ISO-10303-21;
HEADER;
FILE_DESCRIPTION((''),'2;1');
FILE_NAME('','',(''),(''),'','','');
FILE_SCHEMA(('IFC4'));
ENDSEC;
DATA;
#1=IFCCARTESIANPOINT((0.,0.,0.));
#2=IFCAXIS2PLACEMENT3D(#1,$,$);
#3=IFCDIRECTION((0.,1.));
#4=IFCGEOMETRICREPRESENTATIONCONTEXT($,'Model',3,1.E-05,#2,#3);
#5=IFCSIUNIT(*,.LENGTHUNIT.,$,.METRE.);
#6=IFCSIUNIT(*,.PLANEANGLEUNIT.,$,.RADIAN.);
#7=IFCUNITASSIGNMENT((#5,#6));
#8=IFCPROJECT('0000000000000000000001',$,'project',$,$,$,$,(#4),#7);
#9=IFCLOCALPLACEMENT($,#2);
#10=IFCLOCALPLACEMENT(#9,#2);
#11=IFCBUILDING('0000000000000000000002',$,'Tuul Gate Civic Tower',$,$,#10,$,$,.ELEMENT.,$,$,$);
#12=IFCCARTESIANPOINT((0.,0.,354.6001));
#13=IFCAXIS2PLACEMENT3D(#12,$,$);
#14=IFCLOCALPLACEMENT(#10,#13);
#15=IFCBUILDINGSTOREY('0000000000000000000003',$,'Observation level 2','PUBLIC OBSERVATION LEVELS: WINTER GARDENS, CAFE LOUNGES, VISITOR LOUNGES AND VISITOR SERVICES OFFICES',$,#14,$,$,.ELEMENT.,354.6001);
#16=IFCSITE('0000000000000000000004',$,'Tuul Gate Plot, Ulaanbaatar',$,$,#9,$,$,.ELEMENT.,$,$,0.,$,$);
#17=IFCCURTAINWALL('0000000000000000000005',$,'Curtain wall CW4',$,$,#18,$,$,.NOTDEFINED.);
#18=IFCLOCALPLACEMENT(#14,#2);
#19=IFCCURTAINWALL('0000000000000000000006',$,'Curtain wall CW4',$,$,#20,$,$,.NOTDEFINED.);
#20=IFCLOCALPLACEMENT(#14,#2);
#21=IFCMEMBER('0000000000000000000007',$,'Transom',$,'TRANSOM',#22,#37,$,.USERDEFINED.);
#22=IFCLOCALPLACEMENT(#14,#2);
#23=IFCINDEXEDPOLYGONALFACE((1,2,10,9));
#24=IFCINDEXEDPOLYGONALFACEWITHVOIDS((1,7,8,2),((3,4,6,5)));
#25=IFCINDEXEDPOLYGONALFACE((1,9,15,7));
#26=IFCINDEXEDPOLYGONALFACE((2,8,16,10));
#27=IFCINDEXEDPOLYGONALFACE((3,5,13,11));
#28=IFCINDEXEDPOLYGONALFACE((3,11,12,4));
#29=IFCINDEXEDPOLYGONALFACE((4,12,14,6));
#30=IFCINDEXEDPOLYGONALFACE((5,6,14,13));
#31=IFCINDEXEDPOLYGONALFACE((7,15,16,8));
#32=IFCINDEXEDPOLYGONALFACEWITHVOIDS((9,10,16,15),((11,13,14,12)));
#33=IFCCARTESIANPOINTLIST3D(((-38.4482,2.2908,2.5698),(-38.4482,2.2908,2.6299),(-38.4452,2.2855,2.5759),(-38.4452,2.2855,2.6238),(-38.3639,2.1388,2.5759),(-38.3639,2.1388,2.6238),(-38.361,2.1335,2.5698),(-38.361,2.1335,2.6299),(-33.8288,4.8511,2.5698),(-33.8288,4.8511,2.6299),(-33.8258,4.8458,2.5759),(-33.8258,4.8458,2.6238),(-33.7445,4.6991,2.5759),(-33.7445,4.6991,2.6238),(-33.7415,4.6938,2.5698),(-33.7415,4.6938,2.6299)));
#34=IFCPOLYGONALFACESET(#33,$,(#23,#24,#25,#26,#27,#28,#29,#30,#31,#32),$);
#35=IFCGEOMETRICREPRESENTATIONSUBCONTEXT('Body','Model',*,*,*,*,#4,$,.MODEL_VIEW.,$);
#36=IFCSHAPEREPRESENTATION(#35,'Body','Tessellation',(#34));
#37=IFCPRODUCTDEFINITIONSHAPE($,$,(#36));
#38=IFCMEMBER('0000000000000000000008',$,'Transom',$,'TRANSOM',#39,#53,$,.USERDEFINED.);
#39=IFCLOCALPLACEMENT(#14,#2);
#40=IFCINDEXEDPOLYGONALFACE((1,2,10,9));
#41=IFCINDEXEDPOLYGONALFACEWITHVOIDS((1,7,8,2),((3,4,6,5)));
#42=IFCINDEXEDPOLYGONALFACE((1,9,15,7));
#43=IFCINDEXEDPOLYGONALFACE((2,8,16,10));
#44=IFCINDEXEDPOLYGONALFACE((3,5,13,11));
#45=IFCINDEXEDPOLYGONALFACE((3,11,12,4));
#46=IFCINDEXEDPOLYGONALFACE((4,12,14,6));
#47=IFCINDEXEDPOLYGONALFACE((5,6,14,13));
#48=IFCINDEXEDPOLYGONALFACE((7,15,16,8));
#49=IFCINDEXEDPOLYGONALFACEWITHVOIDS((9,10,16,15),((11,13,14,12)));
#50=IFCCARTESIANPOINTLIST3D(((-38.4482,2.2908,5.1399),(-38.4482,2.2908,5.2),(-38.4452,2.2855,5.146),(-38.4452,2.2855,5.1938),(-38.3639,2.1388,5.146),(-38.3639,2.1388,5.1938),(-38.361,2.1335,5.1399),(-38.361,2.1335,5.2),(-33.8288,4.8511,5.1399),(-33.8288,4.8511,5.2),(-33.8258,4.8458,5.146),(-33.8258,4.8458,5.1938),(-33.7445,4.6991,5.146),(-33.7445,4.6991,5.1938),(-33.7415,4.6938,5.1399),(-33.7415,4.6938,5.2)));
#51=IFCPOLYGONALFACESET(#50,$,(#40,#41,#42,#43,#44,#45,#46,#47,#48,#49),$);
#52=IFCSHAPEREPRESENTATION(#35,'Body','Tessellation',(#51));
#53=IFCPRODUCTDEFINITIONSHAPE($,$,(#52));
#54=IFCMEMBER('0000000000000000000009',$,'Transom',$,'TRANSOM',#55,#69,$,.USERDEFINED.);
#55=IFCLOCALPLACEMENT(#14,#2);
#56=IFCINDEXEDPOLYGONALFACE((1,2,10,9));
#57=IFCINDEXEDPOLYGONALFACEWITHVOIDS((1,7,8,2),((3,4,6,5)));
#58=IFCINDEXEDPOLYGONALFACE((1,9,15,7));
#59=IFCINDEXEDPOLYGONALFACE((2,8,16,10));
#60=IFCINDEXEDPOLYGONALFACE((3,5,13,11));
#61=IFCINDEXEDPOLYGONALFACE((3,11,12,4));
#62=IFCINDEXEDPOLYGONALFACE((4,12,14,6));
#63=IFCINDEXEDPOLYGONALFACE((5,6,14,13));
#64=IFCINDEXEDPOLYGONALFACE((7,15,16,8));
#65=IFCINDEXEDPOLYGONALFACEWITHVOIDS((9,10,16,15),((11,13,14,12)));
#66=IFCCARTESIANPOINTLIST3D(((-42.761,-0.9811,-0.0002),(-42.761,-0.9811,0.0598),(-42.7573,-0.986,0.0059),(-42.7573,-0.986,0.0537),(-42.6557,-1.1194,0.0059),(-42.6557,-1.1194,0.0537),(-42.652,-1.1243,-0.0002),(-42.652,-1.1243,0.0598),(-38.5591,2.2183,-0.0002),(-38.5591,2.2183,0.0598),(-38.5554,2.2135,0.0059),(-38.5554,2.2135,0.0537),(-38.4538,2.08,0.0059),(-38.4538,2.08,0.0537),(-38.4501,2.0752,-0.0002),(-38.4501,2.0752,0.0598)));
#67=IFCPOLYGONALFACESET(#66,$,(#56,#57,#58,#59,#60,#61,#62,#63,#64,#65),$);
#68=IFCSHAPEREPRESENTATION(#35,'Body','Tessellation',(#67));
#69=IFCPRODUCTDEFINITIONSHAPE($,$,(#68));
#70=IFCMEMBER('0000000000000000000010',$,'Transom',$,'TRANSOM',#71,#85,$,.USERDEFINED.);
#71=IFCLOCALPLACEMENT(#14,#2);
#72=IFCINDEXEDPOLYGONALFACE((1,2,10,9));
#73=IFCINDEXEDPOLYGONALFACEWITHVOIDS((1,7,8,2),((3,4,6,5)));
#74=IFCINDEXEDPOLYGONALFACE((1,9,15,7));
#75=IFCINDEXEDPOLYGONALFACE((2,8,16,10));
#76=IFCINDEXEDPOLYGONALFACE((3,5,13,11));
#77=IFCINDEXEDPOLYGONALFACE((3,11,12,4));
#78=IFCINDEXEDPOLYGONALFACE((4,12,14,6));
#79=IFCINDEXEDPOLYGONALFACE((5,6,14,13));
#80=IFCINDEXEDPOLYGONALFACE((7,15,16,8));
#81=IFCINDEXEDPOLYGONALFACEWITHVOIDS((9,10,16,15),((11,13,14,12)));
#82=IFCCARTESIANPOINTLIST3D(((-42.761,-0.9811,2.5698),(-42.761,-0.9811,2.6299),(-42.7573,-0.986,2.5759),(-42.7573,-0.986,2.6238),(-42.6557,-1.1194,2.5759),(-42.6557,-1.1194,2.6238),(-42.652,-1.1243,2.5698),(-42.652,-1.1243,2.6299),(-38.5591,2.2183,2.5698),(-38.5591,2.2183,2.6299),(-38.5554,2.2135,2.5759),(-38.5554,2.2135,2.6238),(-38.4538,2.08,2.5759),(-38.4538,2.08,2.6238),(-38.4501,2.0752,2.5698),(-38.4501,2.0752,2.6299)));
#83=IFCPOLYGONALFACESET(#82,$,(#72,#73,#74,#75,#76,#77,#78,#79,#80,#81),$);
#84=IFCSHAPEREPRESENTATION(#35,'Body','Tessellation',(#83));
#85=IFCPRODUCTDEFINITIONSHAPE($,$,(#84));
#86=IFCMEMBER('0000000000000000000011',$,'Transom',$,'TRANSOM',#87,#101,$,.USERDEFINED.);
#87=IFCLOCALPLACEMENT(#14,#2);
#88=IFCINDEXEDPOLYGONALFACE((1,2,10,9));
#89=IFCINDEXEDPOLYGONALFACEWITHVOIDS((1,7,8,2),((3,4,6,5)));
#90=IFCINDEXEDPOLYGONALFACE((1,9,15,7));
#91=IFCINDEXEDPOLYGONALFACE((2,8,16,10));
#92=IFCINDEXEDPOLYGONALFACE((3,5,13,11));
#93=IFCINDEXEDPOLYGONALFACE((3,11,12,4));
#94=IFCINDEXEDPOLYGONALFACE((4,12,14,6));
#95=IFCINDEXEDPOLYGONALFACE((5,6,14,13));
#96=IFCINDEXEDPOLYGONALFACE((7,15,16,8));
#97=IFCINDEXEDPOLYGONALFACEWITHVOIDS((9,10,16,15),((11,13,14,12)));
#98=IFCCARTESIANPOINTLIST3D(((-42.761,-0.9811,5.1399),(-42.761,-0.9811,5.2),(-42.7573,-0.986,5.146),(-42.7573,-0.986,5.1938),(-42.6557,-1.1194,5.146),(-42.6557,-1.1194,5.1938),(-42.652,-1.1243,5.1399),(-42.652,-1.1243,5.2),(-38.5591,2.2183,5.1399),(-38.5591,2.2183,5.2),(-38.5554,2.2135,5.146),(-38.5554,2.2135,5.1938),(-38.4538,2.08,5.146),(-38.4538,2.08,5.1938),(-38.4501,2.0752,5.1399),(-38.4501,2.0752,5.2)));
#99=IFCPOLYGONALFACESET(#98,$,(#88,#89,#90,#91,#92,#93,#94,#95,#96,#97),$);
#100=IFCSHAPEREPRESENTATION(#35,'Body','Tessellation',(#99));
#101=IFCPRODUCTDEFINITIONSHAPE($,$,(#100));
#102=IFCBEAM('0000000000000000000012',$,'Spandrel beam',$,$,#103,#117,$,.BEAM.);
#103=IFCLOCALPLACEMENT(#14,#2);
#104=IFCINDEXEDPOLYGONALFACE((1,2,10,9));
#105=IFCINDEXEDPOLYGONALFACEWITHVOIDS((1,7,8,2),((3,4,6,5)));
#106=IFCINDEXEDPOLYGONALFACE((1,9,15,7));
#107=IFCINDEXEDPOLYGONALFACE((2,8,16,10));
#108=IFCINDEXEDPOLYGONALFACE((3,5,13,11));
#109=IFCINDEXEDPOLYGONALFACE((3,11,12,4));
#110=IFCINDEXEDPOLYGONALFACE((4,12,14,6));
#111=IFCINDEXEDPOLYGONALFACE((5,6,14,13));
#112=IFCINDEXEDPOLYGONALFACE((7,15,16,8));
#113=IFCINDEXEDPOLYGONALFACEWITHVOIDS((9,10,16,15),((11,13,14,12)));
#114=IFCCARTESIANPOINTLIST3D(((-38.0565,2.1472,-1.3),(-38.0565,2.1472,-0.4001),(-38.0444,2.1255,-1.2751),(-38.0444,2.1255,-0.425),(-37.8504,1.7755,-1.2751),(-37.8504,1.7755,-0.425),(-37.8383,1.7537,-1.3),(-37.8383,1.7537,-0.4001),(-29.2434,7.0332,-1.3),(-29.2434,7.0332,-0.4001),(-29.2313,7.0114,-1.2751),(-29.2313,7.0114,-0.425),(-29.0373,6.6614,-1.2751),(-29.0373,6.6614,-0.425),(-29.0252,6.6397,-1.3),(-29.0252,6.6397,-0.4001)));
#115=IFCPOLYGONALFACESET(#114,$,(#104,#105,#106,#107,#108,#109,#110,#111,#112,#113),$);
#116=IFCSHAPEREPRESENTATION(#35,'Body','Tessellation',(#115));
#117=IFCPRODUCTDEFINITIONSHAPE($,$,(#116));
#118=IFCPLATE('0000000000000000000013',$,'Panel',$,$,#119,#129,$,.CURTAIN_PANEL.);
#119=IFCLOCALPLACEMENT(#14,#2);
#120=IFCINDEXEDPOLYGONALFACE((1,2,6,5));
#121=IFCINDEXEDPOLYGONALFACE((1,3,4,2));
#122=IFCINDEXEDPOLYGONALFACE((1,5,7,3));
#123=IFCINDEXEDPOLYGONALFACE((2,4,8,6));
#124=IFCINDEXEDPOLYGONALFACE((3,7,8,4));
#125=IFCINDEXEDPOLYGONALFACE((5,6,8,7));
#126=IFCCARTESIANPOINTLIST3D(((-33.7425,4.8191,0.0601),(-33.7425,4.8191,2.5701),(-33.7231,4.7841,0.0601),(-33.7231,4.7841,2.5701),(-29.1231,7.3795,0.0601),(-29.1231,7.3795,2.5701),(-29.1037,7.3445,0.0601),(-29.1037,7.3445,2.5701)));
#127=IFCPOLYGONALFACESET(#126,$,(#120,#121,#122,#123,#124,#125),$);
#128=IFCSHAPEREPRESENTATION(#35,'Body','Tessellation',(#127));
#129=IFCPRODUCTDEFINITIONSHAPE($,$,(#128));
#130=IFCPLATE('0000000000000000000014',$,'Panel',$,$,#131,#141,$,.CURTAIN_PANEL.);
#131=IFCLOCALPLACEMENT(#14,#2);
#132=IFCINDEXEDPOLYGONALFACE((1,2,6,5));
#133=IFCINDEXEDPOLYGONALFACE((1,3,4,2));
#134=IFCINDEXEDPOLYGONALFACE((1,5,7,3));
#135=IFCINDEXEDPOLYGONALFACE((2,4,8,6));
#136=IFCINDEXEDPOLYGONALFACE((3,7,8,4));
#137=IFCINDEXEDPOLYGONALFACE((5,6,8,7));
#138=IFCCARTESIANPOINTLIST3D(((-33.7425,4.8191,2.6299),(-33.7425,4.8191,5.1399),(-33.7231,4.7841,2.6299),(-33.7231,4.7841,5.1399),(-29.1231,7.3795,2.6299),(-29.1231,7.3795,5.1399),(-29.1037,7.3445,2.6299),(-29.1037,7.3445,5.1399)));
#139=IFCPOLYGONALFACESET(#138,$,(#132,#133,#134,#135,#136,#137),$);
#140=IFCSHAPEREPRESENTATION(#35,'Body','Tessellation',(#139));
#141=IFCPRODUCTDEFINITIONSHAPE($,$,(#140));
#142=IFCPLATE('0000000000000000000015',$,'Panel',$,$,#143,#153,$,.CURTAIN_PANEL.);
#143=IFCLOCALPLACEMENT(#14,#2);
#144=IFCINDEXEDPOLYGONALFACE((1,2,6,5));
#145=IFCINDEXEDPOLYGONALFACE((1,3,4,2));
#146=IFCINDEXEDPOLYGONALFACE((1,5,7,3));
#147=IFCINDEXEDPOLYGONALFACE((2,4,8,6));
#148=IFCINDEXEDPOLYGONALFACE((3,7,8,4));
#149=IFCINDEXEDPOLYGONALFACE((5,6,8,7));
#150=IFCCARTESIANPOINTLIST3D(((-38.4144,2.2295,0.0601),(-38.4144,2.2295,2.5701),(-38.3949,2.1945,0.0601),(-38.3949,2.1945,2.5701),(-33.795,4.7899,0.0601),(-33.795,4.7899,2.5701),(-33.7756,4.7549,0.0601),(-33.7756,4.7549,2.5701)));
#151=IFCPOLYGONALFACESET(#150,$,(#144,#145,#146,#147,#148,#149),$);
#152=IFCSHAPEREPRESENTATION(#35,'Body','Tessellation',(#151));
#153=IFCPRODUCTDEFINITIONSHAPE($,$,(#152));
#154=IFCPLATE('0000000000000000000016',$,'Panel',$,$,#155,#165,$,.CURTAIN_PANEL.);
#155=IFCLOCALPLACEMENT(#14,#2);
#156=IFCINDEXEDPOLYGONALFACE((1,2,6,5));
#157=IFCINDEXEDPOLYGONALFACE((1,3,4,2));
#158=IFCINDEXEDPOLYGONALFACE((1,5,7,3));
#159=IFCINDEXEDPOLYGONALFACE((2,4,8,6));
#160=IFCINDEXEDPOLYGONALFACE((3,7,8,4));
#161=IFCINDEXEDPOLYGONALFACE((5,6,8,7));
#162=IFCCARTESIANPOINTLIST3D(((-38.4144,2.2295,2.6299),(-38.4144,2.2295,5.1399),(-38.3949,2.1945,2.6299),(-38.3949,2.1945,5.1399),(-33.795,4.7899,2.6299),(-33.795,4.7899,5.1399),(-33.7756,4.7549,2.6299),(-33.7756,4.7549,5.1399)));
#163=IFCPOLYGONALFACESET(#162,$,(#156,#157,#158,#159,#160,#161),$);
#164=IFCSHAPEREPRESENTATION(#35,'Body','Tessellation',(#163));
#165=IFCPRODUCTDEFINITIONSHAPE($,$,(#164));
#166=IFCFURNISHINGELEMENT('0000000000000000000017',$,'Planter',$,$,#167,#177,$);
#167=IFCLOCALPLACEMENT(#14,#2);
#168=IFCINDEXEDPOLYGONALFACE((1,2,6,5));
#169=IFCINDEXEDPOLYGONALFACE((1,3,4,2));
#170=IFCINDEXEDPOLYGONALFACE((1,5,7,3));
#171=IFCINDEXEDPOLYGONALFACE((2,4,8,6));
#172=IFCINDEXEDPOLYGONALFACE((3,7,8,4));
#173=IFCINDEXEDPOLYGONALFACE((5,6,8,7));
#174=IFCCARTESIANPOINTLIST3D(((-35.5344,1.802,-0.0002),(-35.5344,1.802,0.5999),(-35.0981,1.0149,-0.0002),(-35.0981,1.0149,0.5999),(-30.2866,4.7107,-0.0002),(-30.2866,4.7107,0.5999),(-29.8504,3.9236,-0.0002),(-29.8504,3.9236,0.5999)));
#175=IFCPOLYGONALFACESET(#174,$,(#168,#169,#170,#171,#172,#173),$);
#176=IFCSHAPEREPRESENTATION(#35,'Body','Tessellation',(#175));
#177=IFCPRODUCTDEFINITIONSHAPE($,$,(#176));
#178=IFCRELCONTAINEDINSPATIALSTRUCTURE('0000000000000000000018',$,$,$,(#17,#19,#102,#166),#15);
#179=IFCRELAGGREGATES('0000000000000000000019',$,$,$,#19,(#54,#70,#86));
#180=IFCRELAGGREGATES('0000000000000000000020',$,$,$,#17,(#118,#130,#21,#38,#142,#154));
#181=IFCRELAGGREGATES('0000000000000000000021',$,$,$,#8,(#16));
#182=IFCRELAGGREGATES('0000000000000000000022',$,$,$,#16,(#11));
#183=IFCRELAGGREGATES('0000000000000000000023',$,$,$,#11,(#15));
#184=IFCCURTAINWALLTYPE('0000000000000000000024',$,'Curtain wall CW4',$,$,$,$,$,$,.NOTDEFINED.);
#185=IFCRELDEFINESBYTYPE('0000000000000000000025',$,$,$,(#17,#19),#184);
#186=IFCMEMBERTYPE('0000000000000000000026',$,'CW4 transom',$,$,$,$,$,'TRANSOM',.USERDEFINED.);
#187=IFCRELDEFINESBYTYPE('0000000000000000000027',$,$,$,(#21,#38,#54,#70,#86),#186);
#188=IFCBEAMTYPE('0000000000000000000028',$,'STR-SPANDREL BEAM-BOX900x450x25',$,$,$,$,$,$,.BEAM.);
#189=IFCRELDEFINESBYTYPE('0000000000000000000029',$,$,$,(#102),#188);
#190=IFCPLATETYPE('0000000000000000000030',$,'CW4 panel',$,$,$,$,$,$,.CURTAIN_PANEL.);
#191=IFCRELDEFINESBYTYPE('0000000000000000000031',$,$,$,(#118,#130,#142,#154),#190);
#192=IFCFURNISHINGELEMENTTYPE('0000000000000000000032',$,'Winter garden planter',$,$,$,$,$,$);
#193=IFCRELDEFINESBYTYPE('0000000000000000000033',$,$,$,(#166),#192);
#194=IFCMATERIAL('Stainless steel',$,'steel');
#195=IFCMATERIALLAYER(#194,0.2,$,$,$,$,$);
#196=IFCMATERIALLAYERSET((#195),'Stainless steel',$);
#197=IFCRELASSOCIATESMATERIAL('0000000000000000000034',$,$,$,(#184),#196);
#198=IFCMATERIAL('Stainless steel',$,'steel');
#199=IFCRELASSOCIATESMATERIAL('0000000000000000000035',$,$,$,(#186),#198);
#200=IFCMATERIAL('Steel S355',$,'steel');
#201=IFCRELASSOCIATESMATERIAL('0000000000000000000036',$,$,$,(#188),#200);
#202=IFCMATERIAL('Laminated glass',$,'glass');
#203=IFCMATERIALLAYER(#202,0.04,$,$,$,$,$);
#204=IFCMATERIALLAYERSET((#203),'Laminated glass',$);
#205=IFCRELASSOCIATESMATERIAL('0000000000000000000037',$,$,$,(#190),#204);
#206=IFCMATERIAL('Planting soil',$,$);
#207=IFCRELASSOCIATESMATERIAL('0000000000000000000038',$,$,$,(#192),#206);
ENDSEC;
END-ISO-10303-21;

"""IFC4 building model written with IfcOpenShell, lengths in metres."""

from ifc_helpers import new_model, si_unit, direction, frame, origin, origin_2d, place, context, subcontext, project, spatial, rectangle, hollow_rectangle, extrude, material, layer, layer_set, material_profile, profile_set, type_object, element, aggregate, save


model = new_model("IFC4")

# Units and contexts
model_context = context("Model", 3, precision=1e-05, world=origin(), true_north=direction((0.0, 1.0)))
body_context = subcontext(model_context, "Body", "Model", "MODEL_VIEW")
ifc_project = project(units=[si_unit("LENGTHUNIT", "METRE"), si_unit("PLANEANGLEUNIT", "RADIAN")], contexts=[model_context])

# Site, building, storey
site_placement = place(None, origin())
site = spatial("IfcSite", under=ifc_project, at=site_placement, Name="Tuul Gate Plot, Ulaanbaatar", CompositionType="ELEMENT", RefElevation=0.0)
building_placement = place(site_placement, origin())
building = spatial("IfcBuilding", under=site, at=building_placement, Name="Tuul Gate Civic Tower", CompositionType="ELEMENT")
storey_placement = place(building_placement, frame((0.0, 0.0, 354.6001)))
storey = spatial("IfcBuildingStorey", under=building, at=storey_placement, Name="Observation level 2", Description="PUBLIC OBSERVATION LEVELS: WINTER GARDENS, CAFE LOUNGES, VISITOR LOUNGES AND VISITOR SERVICES OFFICES", CompositionType="ELEMENT", Elevation=354.6001)

# Shared definitions
ifc_material_1 = material(Name="Stainless steel", Category="steel")
ifc_layer_1 = layer(ifc_material_1, 0.2)
ifc_layer_set_1 = layer_set([ifc_layer_1], Name="Stainless steel")
curtain_wall_type = type_object("IfcCurtainWallType", Name="Curtain wall CW4", PredefinedType="NOTDEFINED", material=ifc_layer_set_1)

# Curtain wall
curtain_wall_1_placement = place(storey_placement, origin())
curtain_wall_1 = element("IfcCurtainWall", 1, at=curtain_wall_1_placement, inside=storey, type_object=curtain_wall_type, Name="Curtain wall CW4", PredefinedType="NOTDEFINED")

# Curtain wall
curtain_wall_2_placement = place(storey_placement, origin())
curtain_wall_2 = element("IfcCurtainWall", 2, at=curtain_wall_2_placement, inside=storey, type_object=curtain_wall_type, Name="Curtain wall CW4", PredefinedType="NOTDEFINED")

# Members
ifc_material_2 = material(Name="Stainless steel", Category="steel")
ifc_material_profile_1 = material_profile(ifc_material_2, hollow_rectangle(XDim=0.1799, YDim=0.0601, WallThickness=0.0061, at=origin_2d()), Name="CW4 transom")
ifc_profile_set_1 = profile_set([ifc_material_profile_1], Name="Stainless steel")
member_type_1 = type_object("IfcMemberType", Name="CW4 transom", ElementType="TRANSOM", PredefinedType="USERDEFINED", material=ifc_profile_set_1)
member_1_placement = place(storey_placement, frame((-33.7852, 4.7725, 2.5999), z_axis=(-0.874641, -0.484771, 0.0), x_axis=(0.484771, -0.874641, 0.0)))
member_1 = element("IfcMember", 3, at=member_1_placement, type_object=member_type_1, Name="Transom", ObjectType="TRANSOM", PredefinedType="USERDEFINED", context=body_context, shape_type="SweptSolid", body=[
    extrude(hollow_rectangle(XDim=0.1799, YDim=0.0601, WallThickness=0.0061, at=origin_2d()), origin(), (0.0, 0.0, 1.0), 5.2815),
])
member_2_placement = place(storey_placement, frame((-33.7852, 4.7725, 5.1699), z_axis=(-0.874641, -0.484771, 0.0), x_axis=(0.484771, -0.874641, 0.0)))
member_2 = element("IfcMember", 4, at=member_2_placement, type_object=member_type_1, Name="Transom", ObjectType="TRANSOM", PredefinedType="USERDEFINED", context=body_context, shape_type="SweptSolid", body=[
    extrude(hollow_rectangle(XDim=0.1799, YDim=0.0601, WallThickness=0.0061, at=origin_2d()), origin(), (0.0, 0.0, 1.0), 5.2815),
])
member_3_placement = place(storey_placement, frame((-38.5046, 2.1467, 0.0298), z_axis=(-0.795613, -0.605805, 0.0), x_axis=(0.605805, -0.795613, 0.0)))
member_3 = element("IfcMember", 5, at=member_3_placement, type_object=member_type_1, Name="Transom", ObjectType="TRANSOM", PredefinedType="USERDEFINED", context=body_context, shape_type="SweptSolid", body=[
    extrude(hollow_rectangle(XDim=0.1799, YDim=0.0601, WallThickness=0.0061, at=origin_2d()), origin(), (0.0, 0.0, 1.0), 5.2812),
])
member_4_placement = place(storey_placement, frame((-38.5046, 2.1467, 2.5999), z_axis=(-0.795613, -0.605805, 0.0), x_axis=(0.605805, -0.795613, 0.0)))
member_4 = element("IfcMember", 6, at=member_4_placement, type_object=member_type_1, Name="Transom", ObjectType="TRANSOM", PredefinedType="USERDEFINED", context=body_context, shape_type="SweptSolid", body=[
    extrude(hollow_rectangle(XDim=0.1799, YDim=0.0601, WallThickness=0.0061, at=origin_2d()), origin(), (0.0, 0.0, 1.0), 5.2812),
])
member_5_placement = place(storey_placement, frame((-38.5046, 2.1467, 5.1699), z_axis=(-0.795613, -0.605805, 0.0), x_axis=(0.605805, -0.795613, 0.0)))
member_5 = element("IfcMember", 7, at=member_5_placement, type_object=member_type_1, Name="Transom", ObjectType="TRANSOM", PredefinedType="USERDEFINED", context=body_context, shape_type="SweptSolid", body=[
    extrude(hollow_rectangle(XDim=0.1799, YDim=0.0601, WallThickness=0.0061, at=origin_2d()), origin(), (0.0, 0.0, 1.0), 5.2812),
])
aggregate(curtain_wall_2, [member_3, member_4, member_5])

# Beam
ifc_material_3 = material(Name="Steel S355", Category="steel")
ifc_material_profile_2 = material_profile(ifc_material_3, hollow_rectangle(XDim=0.45, YDim=0.8999, WallThickness=0.0249, at=origin_2d()), Name="BOX900x450x25")
ifc_profile_set_2 = profile_set([ifc_material_profile_2], Name="Steel S355")
beam_type = type_object("IfcBeamType", Name="STR-SPANDREL BEAM-BOX900x450x25", PredefinedType="BEAM", material=ifc_profile_set_2)
beam_placement = place(storey_placement, frame((-29.1343, 6.8364, -0.8501), z_axis=(-0.874589, -0.484865, 0.0), x_axis=(0.484865, -0.874589, 0.0)))
element("IfcBeam", 8, at=beam_placement, inside=storey, type_object=beam_type, Name="Spandrel beam", PredefinedType="BEAM", context=body_context, shape_type="SweptSolid", body=[
    extrude(hollow_rectangle(XDim=0.45, YDim=0.8999, WallThickness=0.0249, at=origin_2d()), origin(), (0.0, 0.0, 1.0), 10.0769),
])

# Plates
ifc_material_4 = material(Name="Laminated glass", Category="glass")
ifc_layer_2 = layer(ifc_material_4, 0.04)
ifc_layer_set_2 = layer_set([ifc_layer_2], Name="Laminated glass")
plate_type = type_object("IfcPlateType", Name="CW4 panel", PredefinedType="CURTAIN_PANEL", material=ifc_layer_set_2)
plate_1_placement = place(storey_placement, frame((-31.4231, 6.0818, 0.0601), z_axis=(0.0, 0.0, 1.0), x_axis=(-0.874631, -0.484789, 0.0)))
plate_1 = element("IfcPlate", 9, at=plate_1_placement, type_object=plate_type, Name="Panel", PredefinedType="CURTAIN_PANEL", context=body_context, shape_type="SweptSolid", body=[
    extrude(rectangle(XDim=5.2815, YDim=0.04, at=origin_2d()), origin(), (0.0, 0.0, 1.0), 2.51),
])
plate_2_placement = place(storey_placement, frame((-31.4231, 6.0818, 2.6299), z_axis=(0.0, 0.0, 1.0), x_axis=(-0.874631, -0.484789, 0.0)))
plate_2 = element("IfcPlate", 10, at=plate_2_placement, type_object=plate_type, Name="Panel", PredefinedType="CURTAIN_PANEL", context=body_context, shape_type="SweptSolid", body=[
    extrude(rectangle(XDim=5.2815, YDim=0.04, at=origin_2d()), origin(), (0.0, 0.0, 1.0), 2.51),
])
plate_3_placement = place(storey_placement, frame((-36.095, 3.4922, 0.0601), z_axis=(0.0, 0.0, 1.0), x_axis=(-0.874631, -0.484789, 0.0)))
plate_3 = element("IfcPlate", 11, at=plate_3_placement, type_object=plate_type, Name="Panel", PredefinedType="CURTAIN_PANEL", context=body_context, shape_type="SweptSolid", body=[
    extrude(rectangle(XDim=5.2815, YDim=0.04, at=origin_2d()), origin(), (0.0, 0.0, 1.0), 2.51),
])
plate_4_placement = place(storey_placement, frame((-36.095, 3.4922, 2.6299), z_axis=(0.0, 0.0, 1.0), x_axis=(-0.874631, -0.484789, 0.0)))
plate_4 = element("IfcPlate", 12, at=plate_4_placement, type_object=plate_type, Name="Panel", PredefinedType="CURTAIN_PANEL", context=body_context, shape_type="SweptSolid", body=[
    extrude(rectangle(XDim=5.2815, YDim=0.04, at=origin_2d()), origin(), (0.0, 0.0, 1.0), 2.51),
])
aggregate(curtain_wall_1, [plate_1, plate_2, member_1, member_2, plate_3, plate_4])

# Furnishing element
ifc_material_5 = material(Name="Planting soil")
furnishing_element_type = type_object("IfcFurnishingElementType", Name="Winter garden planter", material=ifc_material_5)
furnishing_placement = place(storey_placement, frame((-32.6924, 2.8628, -0.0002), z_axis=(0.0, 0.0, 1.0), x_axis=(-0.874631, -0.484789, 0.0)))
element("IfcFurnishingElement", 13, at=furnishing_placement, inside=storey, type_object=furnishing_element_type, Name="Planter", context=body_context, shape_type="SweptSolid", body=[
    extrude(rectangle(XDim=6.0, YDim=0.8999, at=origin_2d()), origin(), (0.0, 0.0, 1.0), 0.6001),
])

save(model, "model.ifc")
